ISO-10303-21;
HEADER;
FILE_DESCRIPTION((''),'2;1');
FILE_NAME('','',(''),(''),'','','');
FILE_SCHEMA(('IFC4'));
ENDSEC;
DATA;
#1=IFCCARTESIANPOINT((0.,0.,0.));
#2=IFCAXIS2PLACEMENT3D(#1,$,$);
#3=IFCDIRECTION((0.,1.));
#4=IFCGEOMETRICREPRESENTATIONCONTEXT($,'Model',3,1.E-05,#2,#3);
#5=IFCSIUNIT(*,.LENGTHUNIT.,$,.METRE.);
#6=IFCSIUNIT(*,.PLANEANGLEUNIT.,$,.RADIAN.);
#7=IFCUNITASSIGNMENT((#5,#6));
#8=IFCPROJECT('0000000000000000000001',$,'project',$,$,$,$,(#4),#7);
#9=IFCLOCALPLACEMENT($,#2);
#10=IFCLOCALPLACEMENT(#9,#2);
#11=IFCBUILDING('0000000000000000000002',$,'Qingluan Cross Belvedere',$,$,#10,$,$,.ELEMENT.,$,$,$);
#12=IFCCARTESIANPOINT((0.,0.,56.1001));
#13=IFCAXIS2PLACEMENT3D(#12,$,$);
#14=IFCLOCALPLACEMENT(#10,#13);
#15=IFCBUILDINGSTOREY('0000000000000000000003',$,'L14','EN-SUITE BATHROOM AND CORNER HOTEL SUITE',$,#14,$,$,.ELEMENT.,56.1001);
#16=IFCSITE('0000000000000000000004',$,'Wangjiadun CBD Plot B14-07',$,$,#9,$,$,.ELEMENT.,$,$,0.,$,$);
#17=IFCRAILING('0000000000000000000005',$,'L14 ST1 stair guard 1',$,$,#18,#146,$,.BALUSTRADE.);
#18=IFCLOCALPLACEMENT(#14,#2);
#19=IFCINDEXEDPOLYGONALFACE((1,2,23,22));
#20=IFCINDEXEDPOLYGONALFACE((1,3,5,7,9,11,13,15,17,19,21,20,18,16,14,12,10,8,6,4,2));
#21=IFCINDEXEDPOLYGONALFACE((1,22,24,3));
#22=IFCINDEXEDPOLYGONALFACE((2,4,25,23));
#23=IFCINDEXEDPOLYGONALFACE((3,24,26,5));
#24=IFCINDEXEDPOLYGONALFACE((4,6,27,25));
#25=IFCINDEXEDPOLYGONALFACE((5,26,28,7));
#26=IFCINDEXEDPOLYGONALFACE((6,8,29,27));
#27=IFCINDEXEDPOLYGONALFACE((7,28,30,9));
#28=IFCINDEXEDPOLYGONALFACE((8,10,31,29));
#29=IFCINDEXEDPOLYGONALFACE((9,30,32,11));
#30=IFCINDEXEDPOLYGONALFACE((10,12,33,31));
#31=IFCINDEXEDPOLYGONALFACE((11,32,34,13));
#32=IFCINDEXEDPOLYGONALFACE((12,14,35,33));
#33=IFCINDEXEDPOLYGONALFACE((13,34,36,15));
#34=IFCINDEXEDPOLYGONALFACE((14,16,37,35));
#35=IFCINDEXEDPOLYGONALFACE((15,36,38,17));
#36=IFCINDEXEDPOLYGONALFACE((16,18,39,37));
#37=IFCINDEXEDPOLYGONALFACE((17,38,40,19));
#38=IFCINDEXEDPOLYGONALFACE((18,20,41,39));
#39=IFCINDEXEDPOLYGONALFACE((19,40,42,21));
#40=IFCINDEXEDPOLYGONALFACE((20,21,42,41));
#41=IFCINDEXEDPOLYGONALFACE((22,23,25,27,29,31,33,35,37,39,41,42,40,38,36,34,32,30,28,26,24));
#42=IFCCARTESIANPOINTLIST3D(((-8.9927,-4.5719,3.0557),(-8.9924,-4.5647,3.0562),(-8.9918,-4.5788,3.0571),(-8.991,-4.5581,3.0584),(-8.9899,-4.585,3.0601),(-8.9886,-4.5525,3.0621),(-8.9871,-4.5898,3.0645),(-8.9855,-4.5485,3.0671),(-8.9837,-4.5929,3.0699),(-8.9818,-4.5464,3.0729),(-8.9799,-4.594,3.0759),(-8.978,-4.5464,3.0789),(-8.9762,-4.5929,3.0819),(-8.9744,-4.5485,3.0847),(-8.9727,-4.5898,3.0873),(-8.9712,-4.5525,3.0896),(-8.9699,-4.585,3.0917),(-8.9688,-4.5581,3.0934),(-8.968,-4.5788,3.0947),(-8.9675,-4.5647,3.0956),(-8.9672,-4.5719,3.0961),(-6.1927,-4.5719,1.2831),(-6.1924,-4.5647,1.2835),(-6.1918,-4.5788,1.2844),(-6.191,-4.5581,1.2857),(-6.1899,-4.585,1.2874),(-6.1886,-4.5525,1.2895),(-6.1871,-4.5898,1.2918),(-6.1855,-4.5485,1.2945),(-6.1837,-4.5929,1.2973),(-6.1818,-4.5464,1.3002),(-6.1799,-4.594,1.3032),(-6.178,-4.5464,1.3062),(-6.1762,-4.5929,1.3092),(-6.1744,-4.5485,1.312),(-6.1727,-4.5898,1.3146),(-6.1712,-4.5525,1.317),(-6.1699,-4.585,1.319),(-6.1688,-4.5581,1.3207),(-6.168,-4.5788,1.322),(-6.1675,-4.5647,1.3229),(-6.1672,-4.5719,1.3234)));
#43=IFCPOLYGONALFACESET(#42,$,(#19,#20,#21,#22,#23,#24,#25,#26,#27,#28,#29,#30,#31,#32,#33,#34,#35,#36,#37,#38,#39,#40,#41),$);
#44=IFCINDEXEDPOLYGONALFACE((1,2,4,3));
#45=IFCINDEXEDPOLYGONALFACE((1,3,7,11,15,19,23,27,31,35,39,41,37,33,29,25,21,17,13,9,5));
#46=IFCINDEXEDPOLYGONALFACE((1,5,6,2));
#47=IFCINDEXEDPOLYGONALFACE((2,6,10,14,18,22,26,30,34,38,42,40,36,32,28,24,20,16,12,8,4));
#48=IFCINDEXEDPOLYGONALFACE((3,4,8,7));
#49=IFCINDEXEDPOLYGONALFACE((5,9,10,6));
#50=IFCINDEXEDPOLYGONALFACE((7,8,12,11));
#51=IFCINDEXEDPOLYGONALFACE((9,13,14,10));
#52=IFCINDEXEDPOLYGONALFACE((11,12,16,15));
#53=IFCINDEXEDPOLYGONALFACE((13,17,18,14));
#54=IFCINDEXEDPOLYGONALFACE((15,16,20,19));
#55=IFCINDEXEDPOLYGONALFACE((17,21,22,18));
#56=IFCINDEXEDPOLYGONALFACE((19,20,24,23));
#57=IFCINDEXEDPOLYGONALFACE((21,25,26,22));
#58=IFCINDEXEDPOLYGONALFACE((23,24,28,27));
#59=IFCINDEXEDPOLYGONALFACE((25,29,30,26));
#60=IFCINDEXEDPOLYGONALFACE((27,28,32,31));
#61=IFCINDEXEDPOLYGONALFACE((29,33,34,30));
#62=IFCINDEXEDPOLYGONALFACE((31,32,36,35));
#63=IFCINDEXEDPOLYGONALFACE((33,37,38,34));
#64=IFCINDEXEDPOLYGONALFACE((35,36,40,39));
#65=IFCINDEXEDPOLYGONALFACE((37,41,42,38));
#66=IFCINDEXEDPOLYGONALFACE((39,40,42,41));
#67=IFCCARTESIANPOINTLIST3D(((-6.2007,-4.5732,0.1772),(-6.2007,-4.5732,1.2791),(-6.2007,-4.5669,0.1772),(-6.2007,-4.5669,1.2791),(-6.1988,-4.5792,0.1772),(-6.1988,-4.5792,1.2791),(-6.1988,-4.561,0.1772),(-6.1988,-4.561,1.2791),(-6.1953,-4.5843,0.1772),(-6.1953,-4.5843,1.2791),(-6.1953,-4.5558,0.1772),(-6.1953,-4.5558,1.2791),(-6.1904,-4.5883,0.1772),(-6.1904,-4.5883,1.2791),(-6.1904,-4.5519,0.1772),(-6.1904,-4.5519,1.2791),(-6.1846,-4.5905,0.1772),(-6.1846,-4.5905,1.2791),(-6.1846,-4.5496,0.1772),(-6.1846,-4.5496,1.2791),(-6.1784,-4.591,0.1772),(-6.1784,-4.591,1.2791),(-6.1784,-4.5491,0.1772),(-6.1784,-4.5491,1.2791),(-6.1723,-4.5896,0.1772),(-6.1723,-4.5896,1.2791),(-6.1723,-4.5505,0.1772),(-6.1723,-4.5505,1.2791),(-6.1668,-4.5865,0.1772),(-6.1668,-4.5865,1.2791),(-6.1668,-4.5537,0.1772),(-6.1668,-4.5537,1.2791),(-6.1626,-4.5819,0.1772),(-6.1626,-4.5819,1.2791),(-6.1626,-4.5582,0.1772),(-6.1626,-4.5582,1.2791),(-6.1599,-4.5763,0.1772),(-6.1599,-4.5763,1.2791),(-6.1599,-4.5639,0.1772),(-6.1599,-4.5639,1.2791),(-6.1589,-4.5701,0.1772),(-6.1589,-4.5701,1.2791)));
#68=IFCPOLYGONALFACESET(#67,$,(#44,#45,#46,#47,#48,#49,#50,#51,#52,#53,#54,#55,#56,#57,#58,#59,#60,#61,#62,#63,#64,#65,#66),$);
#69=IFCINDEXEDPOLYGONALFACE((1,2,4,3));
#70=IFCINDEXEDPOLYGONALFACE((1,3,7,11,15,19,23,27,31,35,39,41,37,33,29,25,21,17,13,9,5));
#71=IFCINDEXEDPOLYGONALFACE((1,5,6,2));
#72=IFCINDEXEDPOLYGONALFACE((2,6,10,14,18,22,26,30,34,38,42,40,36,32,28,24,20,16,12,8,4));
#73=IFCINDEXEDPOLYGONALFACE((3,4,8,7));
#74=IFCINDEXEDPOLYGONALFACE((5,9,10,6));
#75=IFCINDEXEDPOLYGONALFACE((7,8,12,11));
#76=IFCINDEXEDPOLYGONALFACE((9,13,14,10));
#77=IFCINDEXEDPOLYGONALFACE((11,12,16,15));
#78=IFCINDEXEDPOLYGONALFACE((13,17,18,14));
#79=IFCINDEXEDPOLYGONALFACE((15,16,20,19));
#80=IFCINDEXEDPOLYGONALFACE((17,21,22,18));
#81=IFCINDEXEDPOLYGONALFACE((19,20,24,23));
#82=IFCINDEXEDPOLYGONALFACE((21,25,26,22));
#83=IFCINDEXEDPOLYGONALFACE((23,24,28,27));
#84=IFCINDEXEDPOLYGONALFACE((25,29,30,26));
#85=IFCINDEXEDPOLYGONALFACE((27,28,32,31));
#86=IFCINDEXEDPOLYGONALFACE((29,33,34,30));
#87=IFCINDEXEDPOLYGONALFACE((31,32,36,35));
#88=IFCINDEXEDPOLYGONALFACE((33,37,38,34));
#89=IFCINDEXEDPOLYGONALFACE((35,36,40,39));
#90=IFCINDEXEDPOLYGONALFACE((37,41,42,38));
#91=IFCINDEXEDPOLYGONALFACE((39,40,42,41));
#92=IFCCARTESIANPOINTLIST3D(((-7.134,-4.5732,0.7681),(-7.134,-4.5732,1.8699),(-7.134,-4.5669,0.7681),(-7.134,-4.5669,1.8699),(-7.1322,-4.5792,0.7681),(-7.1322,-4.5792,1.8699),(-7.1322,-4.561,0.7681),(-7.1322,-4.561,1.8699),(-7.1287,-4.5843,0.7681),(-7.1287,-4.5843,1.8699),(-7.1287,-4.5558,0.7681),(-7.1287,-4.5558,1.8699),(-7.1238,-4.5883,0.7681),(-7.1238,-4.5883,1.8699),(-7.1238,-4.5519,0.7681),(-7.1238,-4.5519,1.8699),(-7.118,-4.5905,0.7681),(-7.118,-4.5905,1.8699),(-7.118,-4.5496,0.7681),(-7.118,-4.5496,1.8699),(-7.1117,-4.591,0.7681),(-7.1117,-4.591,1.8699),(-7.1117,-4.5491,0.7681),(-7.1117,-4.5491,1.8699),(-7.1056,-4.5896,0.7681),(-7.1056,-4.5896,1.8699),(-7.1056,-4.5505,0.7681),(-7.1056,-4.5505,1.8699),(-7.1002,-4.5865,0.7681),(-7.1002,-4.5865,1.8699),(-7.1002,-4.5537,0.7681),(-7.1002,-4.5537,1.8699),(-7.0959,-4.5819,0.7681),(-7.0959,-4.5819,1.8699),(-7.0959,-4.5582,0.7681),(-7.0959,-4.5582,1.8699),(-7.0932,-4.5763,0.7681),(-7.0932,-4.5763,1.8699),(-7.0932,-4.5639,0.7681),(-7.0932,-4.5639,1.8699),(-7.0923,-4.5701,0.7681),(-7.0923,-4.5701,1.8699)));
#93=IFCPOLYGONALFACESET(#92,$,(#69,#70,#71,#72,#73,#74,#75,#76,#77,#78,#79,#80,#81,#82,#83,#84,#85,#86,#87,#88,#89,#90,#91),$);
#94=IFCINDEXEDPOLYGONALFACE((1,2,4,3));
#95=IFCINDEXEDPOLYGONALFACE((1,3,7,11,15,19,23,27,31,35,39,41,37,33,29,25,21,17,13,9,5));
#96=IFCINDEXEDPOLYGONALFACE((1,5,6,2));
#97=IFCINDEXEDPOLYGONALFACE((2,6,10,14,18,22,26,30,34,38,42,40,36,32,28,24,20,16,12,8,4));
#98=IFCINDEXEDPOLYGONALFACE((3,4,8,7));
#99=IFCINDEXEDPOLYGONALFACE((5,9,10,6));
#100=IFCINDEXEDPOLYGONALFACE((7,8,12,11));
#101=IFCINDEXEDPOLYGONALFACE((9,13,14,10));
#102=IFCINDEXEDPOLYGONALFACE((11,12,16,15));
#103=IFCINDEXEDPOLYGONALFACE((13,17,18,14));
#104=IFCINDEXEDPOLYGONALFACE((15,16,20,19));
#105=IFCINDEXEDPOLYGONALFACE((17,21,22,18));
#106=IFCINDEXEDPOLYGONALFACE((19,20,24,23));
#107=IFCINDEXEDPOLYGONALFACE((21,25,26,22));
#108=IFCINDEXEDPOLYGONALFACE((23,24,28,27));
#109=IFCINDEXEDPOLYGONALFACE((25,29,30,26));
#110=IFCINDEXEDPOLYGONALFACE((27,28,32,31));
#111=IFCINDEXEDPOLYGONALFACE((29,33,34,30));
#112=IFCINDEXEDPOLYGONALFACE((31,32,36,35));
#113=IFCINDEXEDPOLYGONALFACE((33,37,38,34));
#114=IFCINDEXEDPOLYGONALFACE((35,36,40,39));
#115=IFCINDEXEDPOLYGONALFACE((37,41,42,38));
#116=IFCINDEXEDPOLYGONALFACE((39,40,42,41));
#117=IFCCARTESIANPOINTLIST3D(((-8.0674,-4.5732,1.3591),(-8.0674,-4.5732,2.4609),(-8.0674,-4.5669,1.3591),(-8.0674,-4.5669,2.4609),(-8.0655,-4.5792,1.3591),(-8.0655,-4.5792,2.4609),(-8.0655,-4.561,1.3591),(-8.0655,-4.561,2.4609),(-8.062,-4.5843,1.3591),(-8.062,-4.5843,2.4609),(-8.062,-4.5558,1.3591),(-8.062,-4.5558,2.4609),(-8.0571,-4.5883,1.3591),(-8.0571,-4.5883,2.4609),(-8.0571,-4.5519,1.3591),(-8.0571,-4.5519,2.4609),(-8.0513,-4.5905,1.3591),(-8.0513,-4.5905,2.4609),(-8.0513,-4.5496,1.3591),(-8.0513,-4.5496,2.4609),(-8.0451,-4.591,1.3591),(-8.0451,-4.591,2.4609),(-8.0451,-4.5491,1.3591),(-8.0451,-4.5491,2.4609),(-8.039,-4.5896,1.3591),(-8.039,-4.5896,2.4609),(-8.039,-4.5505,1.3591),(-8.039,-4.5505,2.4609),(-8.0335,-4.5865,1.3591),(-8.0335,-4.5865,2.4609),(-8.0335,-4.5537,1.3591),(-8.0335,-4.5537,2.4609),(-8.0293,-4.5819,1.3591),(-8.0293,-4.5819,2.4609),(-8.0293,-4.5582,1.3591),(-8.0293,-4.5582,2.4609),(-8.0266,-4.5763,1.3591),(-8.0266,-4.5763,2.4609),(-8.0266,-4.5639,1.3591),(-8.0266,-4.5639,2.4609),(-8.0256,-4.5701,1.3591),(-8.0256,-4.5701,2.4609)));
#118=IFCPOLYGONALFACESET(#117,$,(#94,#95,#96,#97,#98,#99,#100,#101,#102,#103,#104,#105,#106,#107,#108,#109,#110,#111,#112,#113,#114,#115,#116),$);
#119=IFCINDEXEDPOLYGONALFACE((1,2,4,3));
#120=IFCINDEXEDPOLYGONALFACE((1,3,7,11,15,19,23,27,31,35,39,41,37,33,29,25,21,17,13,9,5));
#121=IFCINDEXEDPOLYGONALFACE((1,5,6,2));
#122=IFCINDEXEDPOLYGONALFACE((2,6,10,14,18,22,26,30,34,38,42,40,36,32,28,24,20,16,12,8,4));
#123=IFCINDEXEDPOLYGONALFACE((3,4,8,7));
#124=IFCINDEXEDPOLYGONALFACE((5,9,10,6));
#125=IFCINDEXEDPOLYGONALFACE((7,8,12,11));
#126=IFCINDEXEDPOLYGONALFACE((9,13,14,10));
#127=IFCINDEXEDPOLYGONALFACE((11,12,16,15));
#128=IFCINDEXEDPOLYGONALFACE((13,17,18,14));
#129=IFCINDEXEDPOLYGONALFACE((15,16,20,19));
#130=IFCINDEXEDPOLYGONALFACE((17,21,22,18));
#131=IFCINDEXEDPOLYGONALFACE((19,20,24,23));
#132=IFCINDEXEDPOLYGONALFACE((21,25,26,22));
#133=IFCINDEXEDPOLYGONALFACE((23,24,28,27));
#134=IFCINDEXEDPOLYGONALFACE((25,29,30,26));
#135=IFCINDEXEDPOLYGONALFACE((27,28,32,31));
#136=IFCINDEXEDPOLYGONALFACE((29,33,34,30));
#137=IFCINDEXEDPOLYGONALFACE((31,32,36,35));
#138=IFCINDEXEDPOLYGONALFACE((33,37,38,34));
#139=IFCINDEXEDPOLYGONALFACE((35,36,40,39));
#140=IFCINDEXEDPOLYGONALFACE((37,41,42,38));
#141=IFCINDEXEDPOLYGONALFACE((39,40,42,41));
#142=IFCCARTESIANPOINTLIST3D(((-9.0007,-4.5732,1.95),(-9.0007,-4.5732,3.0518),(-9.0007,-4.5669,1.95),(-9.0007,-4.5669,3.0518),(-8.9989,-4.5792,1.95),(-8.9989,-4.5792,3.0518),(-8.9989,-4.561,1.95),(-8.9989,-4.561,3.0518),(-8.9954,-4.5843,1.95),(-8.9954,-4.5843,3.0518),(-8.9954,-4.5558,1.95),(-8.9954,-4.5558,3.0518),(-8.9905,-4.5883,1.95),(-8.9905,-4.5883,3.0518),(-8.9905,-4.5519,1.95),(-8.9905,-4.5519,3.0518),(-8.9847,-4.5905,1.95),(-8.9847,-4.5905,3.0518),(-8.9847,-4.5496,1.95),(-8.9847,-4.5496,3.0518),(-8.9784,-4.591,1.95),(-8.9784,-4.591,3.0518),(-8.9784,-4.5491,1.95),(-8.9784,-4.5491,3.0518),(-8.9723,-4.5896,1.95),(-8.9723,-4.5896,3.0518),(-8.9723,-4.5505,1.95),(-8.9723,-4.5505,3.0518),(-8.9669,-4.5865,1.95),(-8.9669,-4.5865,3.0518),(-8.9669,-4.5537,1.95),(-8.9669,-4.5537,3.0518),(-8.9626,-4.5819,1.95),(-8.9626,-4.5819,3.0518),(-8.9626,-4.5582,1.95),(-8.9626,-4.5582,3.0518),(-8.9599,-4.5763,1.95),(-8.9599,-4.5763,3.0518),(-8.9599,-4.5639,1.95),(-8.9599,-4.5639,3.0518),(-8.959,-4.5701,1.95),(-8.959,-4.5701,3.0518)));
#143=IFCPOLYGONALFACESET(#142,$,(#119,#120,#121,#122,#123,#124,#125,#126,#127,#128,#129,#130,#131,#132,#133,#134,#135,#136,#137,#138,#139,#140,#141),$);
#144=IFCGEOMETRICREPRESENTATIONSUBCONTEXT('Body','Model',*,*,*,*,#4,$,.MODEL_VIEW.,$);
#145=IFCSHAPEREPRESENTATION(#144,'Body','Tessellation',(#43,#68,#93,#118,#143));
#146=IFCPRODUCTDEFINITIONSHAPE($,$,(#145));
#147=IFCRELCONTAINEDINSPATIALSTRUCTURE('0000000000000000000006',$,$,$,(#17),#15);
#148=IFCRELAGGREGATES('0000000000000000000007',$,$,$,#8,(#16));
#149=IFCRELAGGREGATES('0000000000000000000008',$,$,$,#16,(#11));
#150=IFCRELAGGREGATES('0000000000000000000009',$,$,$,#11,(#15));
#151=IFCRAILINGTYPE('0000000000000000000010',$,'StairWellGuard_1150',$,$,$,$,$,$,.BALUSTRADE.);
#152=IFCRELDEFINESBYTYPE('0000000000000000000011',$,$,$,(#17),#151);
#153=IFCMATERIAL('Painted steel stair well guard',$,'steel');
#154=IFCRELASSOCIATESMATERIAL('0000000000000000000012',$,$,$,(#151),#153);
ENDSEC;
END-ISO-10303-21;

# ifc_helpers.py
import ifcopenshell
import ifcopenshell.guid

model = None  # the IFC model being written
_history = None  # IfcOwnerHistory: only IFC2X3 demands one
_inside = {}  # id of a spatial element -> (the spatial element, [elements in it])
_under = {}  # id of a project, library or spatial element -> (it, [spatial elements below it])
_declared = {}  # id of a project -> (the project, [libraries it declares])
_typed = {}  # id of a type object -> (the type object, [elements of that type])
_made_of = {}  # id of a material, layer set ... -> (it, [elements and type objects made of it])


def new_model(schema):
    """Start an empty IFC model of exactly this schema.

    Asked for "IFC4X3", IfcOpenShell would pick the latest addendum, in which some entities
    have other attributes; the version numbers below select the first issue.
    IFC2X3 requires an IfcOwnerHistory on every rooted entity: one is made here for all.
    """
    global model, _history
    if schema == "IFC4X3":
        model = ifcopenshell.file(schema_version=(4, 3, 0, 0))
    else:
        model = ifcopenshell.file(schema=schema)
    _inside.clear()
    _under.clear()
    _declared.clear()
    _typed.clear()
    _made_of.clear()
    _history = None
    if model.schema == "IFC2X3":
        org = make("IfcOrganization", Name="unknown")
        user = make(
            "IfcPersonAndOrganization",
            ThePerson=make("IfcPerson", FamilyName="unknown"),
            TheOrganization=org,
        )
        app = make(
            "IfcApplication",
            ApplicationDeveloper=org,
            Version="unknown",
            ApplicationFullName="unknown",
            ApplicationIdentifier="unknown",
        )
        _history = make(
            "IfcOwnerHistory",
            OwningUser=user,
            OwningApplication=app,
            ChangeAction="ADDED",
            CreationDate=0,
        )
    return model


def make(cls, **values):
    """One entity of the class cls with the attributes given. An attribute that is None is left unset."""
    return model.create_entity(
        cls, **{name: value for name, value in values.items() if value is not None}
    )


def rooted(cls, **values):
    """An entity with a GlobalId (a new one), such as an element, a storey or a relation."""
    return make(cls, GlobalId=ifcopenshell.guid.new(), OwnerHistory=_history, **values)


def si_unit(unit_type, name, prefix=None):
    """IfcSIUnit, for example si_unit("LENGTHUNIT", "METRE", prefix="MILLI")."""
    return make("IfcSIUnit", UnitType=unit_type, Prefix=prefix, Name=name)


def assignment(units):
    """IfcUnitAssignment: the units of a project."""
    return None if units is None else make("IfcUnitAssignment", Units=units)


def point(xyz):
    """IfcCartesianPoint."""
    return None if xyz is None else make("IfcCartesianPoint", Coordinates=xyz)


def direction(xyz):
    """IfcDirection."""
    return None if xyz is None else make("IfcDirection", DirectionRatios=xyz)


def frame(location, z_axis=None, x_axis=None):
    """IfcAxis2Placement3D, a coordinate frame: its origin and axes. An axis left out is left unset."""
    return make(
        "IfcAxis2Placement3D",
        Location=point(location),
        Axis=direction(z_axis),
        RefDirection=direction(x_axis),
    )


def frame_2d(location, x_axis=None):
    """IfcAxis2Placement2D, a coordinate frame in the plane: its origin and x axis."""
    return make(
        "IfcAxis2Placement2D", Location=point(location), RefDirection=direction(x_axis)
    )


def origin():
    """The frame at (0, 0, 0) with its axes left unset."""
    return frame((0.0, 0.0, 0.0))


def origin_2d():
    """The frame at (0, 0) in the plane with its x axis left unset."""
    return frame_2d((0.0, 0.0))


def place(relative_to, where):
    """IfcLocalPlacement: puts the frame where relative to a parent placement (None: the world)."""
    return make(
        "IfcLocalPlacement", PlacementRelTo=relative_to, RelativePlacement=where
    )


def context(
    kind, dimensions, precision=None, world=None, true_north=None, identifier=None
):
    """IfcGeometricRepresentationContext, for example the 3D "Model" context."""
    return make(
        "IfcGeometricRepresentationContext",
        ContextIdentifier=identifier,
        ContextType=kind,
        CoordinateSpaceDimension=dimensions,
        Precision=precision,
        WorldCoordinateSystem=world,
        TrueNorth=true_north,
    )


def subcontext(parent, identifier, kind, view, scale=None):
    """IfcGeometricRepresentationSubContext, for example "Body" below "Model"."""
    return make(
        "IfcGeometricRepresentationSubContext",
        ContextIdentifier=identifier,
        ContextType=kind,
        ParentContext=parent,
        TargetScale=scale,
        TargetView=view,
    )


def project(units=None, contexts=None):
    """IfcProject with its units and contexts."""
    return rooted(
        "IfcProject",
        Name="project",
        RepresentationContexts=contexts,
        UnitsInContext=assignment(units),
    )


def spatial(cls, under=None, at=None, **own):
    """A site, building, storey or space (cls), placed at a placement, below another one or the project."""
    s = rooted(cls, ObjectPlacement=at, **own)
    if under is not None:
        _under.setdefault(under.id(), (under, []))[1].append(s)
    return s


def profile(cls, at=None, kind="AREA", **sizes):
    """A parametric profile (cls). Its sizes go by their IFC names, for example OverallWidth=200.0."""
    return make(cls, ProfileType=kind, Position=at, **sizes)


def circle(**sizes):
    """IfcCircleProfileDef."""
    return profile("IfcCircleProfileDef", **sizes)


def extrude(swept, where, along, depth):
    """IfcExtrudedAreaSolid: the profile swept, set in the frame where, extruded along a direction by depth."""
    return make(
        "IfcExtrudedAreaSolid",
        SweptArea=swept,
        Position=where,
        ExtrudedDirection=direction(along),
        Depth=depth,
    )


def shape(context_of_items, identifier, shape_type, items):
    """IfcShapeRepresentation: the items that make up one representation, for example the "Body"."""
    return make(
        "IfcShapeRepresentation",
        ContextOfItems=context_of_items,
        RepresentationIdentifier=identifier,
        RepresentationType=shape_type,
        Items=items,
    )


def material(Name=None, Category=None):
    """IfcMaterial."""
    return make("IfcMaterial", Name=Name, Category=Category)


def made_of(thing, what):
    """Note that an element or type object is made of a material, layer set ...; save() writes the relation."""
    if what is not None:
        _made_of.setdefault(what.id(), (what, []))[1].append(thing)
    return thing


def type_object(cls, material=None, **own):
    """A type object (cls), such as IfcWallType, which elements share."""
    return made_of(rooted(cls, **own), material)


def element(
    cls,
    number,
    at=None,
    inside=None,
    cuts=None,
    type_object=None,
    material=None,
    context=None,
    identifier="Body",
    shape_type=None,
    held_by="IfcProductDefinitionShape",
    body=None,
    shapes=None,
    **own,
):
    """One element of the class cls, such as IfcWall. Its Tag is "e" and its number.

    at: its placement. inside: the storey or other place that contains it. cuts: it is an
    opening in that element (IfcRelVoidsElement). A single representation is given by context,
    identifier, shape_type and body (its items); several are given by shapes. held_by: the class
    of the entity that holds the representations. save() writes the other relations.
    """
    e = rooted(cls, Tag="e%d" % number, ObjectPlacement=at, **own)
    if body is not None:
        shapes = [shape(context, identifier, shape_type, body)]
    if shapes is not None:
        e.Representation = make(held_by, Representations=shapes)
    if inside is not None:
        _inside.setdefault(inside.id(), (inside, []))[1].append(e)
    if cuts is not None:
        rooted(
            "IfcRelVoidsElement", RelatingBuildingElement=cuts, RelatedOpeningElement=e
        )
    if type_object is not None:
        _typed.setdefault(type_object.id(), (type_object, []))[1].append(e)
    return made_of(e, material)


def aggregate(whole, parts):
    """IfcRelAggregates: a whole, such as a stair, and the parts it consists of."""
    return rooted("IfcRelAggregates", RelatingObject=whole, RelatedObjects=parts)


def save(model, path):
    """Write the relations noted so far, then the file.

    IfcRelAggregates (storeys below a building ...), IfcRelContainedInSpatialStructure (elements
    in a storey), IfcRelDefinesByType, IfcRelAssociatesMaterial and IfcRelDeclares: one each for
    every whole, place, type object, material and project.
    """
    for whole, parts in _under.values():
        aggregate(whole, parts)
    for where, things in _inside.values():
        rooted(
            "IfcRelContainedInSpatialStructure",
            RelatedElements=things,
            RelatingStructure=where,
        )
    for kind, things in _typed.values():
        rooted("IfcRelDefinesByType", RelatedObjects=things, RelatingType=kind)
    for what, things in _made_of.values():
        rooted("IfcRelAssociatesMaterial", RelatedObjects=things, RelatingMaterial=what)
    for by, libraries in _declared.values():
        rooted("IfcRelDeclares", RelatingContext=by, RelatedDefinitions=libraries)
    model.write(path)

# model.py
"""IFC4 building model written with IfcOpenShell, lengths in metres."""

from ifc_helpers import new_model, si_unit, direction, frame, origin, origin_2d, place, context, subcontext, project, spatial, circle, extrude, material, type_object, element, save


model = new_model("IFC4")

# Units and contexts
model_context = context("Model", 3, precision=1e-05, world=origin(), true_north=direction((0.0, 1.0)))
body_context = subcontext(model_context, "Body", "Model", "MODEL_VIEW")
ifc_project = project(units=[si_unit("LENGTHUNIT", "METRE"), si_unit("PLANEANGLEUNIT", "RADIAN")], contexts=[model_context])

# Site, building, storey
site_placement = place(None, origin())
site = spatial("IfcSite", under=ifc_project, at=site_placement, Name="Wangjiadun CBD Plot B14-07", CompositionType="ELEMENT", RefElevation=0.0)
building_placement = place(site_placement, origin())
building = spatial("IfcBuilding", under=site, at=building_placement, Name="Qingluan Cross Belvedere", CompositionType="ELEMENT")
storey_placement = place(building_placement, frame((0.0, 0.0, 56.1001)))
storey = spatial("IfcBuildingStorey", under=building, at=storey_placement, Name="L14", Description="EN-SUITE BATHROOM AND CORNER HOTEL SUITE", CompositionType="ELEMENT", Elevation=56.1001)

# Railing
ifc_material_1 = material(Name="Painted steel stair well guard", Category="steel")
railing_type_1 = type_object("IfcRailingType", Name="StairWellGuard_1150", PredefinedType="BALUSTRADE", material=ifc_material_1)
railing_1_placement = place(storey_placement, frame((-6.1799, -4.5701, 0.1772)))
element("IfcRailing", 1, at=railing_1_placement, inside=storey, type_object=railing_type_1, Name="L14 ST1 stair guard 1", PredefinedType="BALUSTRADE", context=body_context, shape_type="SweptSolid", body=[
    extrude(circle(Radius=0.0239, at=origin_2d()), frame((0.0, 0.0, 1.126), z_axis=(-0.844909, 0.0, 0.53491), x_axis=(0.0, -1.0, 0.0)), (0.0, 0.0, 1.0), 3.314),
    extrude(circle(Radius=0.021, at=origin_2d()), origin(), (0.0, 0.0, 1.0), 1.1018),
    extrude(circle(Radius=0.021, at=origin_2d()), frame((-0.9333, 0.0, 0.5908)), (0.0, 0.0, 1.0), 1.1018),
    extrude(circle(Radius=0.021, at=origin_2d()), frame((-1.8667, 0.0, 1.1819)), (0.0, 0.0, 1.0), 1.1018),
    extrude(circle(Radius=0.021, at=origin_2d()), frame((-2.8, 0.0, 1.7727)), (0.0, 0.0, 1.0), 1.1018),
])

save(model, "model.ifc")
